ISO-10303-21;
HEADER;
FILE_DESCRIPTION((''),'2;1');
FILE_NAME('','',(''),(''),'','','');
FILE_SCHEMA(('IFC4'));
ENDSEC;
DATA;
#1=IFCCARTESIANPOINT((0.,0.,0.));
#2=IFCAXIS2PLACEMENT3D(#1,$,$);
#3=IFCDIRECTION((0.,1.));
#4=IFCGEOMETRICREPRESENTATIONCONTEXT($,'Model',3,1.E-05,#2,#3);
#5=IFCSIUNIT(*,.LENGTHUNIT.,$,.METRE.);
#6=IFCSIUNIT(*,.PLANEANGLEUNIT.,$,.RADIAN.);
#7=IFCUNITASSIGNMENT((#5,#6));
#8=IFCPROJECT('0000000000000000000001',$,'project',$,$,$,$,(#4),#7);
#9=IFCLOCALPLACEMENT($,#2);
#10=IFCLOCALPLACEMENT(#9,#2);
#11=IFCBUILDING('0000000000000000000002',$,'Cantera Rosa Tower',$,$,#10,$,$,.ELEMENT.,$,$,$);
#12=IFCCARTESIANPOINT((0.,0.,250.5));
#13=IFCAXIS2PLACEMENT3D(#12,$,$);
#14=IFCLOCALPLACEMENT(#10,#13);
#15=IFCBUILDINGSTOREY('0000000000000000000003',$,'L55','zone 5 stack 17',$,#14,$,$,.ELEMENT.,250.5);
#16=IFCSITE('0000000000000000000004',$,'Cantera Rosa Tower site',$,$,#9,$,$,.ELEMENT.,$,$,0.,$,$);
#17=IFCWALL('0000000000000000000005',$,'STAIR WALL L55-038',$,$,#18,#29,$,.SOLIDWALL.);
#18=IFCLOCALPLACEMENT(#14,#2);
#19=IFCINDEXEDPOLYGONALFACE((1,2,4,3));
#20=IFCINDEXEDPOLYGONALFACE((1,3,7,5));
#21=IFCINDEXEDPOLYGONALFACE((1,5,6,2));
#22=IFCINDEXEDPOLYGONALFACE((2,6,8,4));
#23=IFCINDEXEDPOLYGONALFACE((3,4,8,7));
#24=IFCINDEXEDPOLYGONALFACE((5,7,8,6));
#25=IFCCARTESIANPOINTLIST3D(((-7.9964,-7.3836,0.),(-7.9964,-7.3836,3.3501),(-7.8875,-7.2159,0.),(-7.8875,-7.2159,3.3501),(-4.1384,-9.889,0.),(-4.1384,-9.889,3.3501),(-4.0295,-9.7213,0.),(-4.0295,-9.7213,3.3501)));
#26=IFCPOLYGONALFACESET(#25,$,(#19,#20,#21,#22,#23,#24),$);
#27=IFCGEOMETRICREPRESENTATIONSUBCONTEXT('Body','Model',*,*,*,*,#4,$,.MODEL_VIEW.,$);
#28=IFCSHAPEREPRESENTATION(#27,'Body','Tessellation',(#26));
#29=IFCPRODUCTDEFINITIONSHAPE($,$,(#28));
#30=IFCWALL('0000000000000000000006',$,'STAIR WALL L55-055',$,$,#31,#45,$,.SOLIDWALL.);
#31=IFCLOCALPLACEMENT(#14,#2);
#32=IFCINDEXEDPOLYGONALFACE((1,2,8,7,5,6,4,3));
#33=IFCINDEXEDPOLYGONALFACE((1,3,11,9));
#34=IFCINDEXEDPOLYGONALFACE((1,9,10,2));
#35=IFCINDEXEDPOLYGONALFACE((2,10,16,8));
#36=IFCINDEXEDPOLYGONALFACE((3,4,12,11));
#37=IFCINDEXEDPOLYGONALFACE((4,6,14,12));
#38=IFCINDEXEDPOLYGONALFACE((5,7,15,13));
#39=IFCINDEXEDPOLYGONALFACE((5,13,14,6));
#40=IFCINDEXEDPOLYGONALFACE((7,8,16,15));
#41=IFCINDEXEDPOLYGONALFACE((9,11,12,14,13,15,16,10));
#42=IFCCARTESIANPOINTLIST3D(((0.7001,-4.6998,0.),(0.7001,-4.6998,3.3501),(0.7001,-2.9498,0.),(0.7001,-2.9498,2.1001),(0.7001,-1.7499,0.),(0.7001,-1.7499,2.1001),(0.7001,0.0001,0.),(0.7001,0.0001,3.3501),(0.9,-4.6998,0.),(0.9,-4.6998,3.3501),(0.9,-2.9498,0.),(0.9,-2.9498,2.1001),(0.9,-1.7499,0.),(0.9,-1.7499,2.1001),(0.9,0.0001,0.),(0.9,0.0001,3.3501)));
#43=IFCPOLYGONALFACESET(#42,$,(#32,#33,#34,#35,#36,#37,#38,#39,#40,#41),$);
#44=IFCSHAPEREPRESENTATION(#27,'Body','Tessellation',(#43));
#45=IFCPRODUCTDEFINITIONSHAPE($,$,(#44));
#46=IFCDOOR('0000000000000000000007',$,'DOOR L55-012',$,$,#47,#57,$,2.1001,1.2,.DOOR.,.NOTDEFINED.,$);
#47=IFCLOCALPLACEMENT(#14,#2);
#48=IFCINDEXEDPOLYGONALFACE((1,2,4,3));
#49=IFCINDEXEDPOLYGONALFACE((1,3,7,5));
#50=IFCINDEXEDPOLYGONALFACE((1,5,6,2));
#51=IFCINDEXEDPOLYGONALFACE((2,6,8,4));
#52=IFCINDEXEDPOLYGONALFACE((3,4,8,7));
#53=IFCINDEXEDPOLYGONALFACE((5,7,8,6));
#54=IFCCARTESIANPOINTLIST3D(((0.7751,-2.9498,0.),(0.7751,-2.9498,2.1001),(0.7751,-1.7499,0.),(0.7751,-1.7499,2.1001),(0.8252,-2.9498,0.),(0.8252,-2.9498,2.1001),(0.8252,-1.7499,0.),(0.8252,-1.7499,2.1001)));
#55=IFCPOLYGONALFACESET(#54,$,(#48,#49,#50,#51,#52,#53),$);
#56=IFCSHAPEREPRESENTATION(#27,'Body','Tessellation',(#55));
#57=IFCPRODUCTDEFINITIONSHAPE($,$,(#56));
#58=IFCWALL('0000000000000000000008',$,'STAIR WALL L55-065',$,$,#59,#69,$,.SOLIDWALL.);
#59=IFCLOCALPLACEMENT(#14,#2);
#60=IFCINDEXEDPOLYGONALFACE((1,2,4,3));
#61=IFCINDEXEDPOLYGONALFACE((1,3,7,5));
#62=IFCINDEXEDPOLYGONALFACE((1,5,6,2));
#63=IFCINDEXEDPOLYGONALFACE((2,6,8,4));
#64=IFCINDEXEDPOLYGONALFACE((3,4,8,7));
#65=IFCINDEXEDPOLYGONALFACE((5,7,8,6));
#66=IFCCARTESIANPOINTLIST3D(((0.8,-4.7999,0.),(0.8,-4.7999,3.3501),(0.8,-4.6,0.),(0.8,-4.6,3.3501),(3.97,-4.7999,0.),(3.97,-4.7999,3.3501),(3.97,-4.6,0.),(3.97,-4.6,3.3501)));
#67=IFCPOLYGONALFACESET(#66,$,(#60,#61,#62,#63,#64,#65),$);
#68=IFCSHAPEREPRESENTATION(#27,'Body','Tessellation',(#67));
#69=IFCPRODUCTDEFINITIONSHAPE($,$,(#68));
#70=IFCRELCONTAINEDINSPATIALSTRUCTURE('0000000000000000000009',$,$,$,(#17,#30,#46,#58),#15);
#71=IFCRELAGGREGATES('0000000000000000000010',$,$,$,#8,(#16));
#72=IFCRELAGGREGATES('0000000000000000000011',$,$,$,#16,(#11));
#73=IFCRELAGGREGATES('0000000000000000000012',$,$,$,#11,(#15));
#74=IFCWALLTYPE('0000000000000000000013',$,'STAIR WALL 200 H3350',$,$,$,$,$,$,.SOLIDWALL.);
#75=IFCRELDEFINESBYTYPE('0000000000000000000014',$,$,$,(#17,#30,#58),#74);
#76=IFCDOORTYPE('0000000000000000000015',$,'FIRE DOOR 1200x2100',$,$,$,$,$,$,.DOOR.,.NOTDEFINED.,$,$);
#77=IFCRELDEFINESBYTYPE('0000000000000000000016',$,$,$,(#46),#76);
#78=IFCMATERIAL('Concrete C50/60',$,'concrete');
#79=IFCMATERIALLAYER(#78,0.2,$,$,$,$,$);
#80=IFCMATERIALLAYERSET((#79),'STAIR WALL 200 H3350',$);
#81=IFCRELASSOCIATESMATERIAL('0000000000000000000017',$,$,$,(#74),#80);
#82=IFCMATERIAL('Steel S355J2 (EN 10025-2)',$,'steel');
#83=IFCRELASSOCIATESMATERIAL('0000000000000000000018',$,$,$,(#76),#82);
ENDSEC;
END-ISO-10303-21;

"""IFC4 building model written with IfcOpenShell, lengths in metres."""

from ifc_helpers import new_model, si_unit, direction, frame, frame_2d, origin, place, context, subcontext, project, spatial, rectangle, extrude, material, layer, layer_set, type_object, element, fill, save


model = new_model("IFC4")

# Units and contexts
model_context = context("Model", 3, precision=1e-05, world=origin(), true_north=direction((0.0, 1.0)))
body_context = subcontext(model_context, "Body", "Model", "MODEL_VIEW")
ifc_project = project(units=[si_unit("LENGTHUNIT", "METRE"), si_unit("PLANEANGLEUNIT", "RADIAN")], contexts=[model_context])

# Site, building, storey
site_placement = place(None, origin())
site = spatial("IfcSite", under=ifc_project, at=site_placement, Name="Cantera Rosa Tower site", CompositionType="ELEMENT", RefElevation=0.0)
building_placement = place(site_placement, origin())
building = spatial("IfcBuilding", under=site, at=building_placement, Name="Cantera Rosa Tower", CompositionType="ELEMENT")
storey_placement = place(building_placement, frame((0.0, 0.0, 250.5)))
storey = spatial("IfcBuildingStorey", under=building, at=storey_placement, Name="L55", Description="zone 5 stack 17", CompositionType="ELEMENT", Elevation=250.5)

# Wall
ifc_material_1 = material(Name="Concrete C50/60", Category="concrete")
ifc_layer_1 = layer(ifc_material_1, 0.2)
ifc_layer_set_1 = layer_set([ifc_layer_1], Name="STAIR WALL 200 H3350")
wall_type_1 = type_object("IfcWallType", Name="STAIR WALL 200 H3350", PredefinedType="SOLIDWALL", material=ifc_layer_set_1)
wall_1_placement = place(storey_placement, frame((-4.084, -9.8052, 0.0), z_axis=(0.0, 0.0, 1.0), x_axis=(-0.838669, 0.544641, 0.0)))
element("IfcWall", 1, at=wall_1_placement, inside=storey, type_object=wall_type_1, Name="STAIR WALL L55-038", PredefinedType="SOLIDWALL", context=body_context, shape_type="SweptSolid", body=[
    extrude(rectangle(XDim=4.6001, YDim=0.2, at=frame_2d((2.3, 0.0))), origin(), (0.0, 0.0, 1.0), 3.3501),
])

# Wall, opening, door
wall_2_placement = place(storey_placement, frame((0.8, -4.7, 0.0), z_axis=(0.0, 0.0, 1.0), x_axis=(0.0, 1.0, 0.0)))
wall_2 = element("IfcWall", 2, at=wall_2_placement, inside=storey, type_object=wall_type_1, Name="STAIR WALL L55-055", PredefinedType="SOLIDWALL", context=body_context, shape_type="SweptSolid", body=[
    extrude(rectangle(XDim=4.7, YDim=0.2, at=frame_2d((2.3501, 0.0))), origin(), (0.0, 0.0, 1.0), 3.3501),
])
opening_1_placement = place(wall_2_placement, frame((1.75, 0.0, 0.0)))
opening_1 = element("IfcOpeningElement", 3, at=opening_1_placement, cuts=wall_2, PredefinedType="OPENING", context=body_context, shape_type="SweptSolid", body=[
    extrude(rectangle(XDim=1.2, YDim=2.1001, at=frame_2d((0.6001, 1.05))), frame((0.0, 0.1099, 0.0), z_axis=(0.0, -1.0, 0.0), x_axis=(1.0, 0.0, 0.0)), (0.0, 0.0, 1.0), 0.22),
])
ifc_material_2 = material(Name="Steel S355J2 (EN 10025-2)", Category="steel")
door_type_1 = type_object("IfcDoorType", Name="FIRE DOOR 1200x2100", OperationType="NOTDEFINED", PredefinedType="DOOR", material=ifc_material_2)
door_1_placement = place(opening_1_placement, origin())
door_1 = element("IfcDoor", 4, at=door_1_placement, inside=storey, type_object=door_type_1, Name="DOOR L55-012", OperationType="NOTDEFINED", OverallHeight=2.1001, OverallWidth=1.2, PredefinedType="DOOR", context=body_context, shape_type="SweptSolid", body=[
    extrude(rectangle(XDim=1.2, YDim=2.1001, at=frame_2d((0.6001, 1.05))), frame((0.0, 0.0249, 0.0), z_axis=(0.0, -1.0, 0.0), x_axis=(1.0, 0.0, 0.0)), (0.0, 0.0, 1.0), 0.05),
])
fill(opening_1, door_1)

# Wall
wall_3_placement = place(storey_placement, frame((3.97, -4.7, 0.0), z_axis=(0.0, 0.0, 1.0), x_axis=(-1.0, 0.0, 0.0)))
element("IfcWall", 5, at=wall_3_placement, inside=storey, type_object=wall_type_1, Name="STAIR WALL L55-065", PredefinedType="SOLIDWALL", context=body_context, shape_type="SweptSolid", body=[
    extrude(rectangle(XDim=3.1699, YDim=0.2, at=frame_2d((1.585, 0.0))), origin(), (0.0, 0.0, 1.0), 3.3501),
])

save(model, "model.ifc")
